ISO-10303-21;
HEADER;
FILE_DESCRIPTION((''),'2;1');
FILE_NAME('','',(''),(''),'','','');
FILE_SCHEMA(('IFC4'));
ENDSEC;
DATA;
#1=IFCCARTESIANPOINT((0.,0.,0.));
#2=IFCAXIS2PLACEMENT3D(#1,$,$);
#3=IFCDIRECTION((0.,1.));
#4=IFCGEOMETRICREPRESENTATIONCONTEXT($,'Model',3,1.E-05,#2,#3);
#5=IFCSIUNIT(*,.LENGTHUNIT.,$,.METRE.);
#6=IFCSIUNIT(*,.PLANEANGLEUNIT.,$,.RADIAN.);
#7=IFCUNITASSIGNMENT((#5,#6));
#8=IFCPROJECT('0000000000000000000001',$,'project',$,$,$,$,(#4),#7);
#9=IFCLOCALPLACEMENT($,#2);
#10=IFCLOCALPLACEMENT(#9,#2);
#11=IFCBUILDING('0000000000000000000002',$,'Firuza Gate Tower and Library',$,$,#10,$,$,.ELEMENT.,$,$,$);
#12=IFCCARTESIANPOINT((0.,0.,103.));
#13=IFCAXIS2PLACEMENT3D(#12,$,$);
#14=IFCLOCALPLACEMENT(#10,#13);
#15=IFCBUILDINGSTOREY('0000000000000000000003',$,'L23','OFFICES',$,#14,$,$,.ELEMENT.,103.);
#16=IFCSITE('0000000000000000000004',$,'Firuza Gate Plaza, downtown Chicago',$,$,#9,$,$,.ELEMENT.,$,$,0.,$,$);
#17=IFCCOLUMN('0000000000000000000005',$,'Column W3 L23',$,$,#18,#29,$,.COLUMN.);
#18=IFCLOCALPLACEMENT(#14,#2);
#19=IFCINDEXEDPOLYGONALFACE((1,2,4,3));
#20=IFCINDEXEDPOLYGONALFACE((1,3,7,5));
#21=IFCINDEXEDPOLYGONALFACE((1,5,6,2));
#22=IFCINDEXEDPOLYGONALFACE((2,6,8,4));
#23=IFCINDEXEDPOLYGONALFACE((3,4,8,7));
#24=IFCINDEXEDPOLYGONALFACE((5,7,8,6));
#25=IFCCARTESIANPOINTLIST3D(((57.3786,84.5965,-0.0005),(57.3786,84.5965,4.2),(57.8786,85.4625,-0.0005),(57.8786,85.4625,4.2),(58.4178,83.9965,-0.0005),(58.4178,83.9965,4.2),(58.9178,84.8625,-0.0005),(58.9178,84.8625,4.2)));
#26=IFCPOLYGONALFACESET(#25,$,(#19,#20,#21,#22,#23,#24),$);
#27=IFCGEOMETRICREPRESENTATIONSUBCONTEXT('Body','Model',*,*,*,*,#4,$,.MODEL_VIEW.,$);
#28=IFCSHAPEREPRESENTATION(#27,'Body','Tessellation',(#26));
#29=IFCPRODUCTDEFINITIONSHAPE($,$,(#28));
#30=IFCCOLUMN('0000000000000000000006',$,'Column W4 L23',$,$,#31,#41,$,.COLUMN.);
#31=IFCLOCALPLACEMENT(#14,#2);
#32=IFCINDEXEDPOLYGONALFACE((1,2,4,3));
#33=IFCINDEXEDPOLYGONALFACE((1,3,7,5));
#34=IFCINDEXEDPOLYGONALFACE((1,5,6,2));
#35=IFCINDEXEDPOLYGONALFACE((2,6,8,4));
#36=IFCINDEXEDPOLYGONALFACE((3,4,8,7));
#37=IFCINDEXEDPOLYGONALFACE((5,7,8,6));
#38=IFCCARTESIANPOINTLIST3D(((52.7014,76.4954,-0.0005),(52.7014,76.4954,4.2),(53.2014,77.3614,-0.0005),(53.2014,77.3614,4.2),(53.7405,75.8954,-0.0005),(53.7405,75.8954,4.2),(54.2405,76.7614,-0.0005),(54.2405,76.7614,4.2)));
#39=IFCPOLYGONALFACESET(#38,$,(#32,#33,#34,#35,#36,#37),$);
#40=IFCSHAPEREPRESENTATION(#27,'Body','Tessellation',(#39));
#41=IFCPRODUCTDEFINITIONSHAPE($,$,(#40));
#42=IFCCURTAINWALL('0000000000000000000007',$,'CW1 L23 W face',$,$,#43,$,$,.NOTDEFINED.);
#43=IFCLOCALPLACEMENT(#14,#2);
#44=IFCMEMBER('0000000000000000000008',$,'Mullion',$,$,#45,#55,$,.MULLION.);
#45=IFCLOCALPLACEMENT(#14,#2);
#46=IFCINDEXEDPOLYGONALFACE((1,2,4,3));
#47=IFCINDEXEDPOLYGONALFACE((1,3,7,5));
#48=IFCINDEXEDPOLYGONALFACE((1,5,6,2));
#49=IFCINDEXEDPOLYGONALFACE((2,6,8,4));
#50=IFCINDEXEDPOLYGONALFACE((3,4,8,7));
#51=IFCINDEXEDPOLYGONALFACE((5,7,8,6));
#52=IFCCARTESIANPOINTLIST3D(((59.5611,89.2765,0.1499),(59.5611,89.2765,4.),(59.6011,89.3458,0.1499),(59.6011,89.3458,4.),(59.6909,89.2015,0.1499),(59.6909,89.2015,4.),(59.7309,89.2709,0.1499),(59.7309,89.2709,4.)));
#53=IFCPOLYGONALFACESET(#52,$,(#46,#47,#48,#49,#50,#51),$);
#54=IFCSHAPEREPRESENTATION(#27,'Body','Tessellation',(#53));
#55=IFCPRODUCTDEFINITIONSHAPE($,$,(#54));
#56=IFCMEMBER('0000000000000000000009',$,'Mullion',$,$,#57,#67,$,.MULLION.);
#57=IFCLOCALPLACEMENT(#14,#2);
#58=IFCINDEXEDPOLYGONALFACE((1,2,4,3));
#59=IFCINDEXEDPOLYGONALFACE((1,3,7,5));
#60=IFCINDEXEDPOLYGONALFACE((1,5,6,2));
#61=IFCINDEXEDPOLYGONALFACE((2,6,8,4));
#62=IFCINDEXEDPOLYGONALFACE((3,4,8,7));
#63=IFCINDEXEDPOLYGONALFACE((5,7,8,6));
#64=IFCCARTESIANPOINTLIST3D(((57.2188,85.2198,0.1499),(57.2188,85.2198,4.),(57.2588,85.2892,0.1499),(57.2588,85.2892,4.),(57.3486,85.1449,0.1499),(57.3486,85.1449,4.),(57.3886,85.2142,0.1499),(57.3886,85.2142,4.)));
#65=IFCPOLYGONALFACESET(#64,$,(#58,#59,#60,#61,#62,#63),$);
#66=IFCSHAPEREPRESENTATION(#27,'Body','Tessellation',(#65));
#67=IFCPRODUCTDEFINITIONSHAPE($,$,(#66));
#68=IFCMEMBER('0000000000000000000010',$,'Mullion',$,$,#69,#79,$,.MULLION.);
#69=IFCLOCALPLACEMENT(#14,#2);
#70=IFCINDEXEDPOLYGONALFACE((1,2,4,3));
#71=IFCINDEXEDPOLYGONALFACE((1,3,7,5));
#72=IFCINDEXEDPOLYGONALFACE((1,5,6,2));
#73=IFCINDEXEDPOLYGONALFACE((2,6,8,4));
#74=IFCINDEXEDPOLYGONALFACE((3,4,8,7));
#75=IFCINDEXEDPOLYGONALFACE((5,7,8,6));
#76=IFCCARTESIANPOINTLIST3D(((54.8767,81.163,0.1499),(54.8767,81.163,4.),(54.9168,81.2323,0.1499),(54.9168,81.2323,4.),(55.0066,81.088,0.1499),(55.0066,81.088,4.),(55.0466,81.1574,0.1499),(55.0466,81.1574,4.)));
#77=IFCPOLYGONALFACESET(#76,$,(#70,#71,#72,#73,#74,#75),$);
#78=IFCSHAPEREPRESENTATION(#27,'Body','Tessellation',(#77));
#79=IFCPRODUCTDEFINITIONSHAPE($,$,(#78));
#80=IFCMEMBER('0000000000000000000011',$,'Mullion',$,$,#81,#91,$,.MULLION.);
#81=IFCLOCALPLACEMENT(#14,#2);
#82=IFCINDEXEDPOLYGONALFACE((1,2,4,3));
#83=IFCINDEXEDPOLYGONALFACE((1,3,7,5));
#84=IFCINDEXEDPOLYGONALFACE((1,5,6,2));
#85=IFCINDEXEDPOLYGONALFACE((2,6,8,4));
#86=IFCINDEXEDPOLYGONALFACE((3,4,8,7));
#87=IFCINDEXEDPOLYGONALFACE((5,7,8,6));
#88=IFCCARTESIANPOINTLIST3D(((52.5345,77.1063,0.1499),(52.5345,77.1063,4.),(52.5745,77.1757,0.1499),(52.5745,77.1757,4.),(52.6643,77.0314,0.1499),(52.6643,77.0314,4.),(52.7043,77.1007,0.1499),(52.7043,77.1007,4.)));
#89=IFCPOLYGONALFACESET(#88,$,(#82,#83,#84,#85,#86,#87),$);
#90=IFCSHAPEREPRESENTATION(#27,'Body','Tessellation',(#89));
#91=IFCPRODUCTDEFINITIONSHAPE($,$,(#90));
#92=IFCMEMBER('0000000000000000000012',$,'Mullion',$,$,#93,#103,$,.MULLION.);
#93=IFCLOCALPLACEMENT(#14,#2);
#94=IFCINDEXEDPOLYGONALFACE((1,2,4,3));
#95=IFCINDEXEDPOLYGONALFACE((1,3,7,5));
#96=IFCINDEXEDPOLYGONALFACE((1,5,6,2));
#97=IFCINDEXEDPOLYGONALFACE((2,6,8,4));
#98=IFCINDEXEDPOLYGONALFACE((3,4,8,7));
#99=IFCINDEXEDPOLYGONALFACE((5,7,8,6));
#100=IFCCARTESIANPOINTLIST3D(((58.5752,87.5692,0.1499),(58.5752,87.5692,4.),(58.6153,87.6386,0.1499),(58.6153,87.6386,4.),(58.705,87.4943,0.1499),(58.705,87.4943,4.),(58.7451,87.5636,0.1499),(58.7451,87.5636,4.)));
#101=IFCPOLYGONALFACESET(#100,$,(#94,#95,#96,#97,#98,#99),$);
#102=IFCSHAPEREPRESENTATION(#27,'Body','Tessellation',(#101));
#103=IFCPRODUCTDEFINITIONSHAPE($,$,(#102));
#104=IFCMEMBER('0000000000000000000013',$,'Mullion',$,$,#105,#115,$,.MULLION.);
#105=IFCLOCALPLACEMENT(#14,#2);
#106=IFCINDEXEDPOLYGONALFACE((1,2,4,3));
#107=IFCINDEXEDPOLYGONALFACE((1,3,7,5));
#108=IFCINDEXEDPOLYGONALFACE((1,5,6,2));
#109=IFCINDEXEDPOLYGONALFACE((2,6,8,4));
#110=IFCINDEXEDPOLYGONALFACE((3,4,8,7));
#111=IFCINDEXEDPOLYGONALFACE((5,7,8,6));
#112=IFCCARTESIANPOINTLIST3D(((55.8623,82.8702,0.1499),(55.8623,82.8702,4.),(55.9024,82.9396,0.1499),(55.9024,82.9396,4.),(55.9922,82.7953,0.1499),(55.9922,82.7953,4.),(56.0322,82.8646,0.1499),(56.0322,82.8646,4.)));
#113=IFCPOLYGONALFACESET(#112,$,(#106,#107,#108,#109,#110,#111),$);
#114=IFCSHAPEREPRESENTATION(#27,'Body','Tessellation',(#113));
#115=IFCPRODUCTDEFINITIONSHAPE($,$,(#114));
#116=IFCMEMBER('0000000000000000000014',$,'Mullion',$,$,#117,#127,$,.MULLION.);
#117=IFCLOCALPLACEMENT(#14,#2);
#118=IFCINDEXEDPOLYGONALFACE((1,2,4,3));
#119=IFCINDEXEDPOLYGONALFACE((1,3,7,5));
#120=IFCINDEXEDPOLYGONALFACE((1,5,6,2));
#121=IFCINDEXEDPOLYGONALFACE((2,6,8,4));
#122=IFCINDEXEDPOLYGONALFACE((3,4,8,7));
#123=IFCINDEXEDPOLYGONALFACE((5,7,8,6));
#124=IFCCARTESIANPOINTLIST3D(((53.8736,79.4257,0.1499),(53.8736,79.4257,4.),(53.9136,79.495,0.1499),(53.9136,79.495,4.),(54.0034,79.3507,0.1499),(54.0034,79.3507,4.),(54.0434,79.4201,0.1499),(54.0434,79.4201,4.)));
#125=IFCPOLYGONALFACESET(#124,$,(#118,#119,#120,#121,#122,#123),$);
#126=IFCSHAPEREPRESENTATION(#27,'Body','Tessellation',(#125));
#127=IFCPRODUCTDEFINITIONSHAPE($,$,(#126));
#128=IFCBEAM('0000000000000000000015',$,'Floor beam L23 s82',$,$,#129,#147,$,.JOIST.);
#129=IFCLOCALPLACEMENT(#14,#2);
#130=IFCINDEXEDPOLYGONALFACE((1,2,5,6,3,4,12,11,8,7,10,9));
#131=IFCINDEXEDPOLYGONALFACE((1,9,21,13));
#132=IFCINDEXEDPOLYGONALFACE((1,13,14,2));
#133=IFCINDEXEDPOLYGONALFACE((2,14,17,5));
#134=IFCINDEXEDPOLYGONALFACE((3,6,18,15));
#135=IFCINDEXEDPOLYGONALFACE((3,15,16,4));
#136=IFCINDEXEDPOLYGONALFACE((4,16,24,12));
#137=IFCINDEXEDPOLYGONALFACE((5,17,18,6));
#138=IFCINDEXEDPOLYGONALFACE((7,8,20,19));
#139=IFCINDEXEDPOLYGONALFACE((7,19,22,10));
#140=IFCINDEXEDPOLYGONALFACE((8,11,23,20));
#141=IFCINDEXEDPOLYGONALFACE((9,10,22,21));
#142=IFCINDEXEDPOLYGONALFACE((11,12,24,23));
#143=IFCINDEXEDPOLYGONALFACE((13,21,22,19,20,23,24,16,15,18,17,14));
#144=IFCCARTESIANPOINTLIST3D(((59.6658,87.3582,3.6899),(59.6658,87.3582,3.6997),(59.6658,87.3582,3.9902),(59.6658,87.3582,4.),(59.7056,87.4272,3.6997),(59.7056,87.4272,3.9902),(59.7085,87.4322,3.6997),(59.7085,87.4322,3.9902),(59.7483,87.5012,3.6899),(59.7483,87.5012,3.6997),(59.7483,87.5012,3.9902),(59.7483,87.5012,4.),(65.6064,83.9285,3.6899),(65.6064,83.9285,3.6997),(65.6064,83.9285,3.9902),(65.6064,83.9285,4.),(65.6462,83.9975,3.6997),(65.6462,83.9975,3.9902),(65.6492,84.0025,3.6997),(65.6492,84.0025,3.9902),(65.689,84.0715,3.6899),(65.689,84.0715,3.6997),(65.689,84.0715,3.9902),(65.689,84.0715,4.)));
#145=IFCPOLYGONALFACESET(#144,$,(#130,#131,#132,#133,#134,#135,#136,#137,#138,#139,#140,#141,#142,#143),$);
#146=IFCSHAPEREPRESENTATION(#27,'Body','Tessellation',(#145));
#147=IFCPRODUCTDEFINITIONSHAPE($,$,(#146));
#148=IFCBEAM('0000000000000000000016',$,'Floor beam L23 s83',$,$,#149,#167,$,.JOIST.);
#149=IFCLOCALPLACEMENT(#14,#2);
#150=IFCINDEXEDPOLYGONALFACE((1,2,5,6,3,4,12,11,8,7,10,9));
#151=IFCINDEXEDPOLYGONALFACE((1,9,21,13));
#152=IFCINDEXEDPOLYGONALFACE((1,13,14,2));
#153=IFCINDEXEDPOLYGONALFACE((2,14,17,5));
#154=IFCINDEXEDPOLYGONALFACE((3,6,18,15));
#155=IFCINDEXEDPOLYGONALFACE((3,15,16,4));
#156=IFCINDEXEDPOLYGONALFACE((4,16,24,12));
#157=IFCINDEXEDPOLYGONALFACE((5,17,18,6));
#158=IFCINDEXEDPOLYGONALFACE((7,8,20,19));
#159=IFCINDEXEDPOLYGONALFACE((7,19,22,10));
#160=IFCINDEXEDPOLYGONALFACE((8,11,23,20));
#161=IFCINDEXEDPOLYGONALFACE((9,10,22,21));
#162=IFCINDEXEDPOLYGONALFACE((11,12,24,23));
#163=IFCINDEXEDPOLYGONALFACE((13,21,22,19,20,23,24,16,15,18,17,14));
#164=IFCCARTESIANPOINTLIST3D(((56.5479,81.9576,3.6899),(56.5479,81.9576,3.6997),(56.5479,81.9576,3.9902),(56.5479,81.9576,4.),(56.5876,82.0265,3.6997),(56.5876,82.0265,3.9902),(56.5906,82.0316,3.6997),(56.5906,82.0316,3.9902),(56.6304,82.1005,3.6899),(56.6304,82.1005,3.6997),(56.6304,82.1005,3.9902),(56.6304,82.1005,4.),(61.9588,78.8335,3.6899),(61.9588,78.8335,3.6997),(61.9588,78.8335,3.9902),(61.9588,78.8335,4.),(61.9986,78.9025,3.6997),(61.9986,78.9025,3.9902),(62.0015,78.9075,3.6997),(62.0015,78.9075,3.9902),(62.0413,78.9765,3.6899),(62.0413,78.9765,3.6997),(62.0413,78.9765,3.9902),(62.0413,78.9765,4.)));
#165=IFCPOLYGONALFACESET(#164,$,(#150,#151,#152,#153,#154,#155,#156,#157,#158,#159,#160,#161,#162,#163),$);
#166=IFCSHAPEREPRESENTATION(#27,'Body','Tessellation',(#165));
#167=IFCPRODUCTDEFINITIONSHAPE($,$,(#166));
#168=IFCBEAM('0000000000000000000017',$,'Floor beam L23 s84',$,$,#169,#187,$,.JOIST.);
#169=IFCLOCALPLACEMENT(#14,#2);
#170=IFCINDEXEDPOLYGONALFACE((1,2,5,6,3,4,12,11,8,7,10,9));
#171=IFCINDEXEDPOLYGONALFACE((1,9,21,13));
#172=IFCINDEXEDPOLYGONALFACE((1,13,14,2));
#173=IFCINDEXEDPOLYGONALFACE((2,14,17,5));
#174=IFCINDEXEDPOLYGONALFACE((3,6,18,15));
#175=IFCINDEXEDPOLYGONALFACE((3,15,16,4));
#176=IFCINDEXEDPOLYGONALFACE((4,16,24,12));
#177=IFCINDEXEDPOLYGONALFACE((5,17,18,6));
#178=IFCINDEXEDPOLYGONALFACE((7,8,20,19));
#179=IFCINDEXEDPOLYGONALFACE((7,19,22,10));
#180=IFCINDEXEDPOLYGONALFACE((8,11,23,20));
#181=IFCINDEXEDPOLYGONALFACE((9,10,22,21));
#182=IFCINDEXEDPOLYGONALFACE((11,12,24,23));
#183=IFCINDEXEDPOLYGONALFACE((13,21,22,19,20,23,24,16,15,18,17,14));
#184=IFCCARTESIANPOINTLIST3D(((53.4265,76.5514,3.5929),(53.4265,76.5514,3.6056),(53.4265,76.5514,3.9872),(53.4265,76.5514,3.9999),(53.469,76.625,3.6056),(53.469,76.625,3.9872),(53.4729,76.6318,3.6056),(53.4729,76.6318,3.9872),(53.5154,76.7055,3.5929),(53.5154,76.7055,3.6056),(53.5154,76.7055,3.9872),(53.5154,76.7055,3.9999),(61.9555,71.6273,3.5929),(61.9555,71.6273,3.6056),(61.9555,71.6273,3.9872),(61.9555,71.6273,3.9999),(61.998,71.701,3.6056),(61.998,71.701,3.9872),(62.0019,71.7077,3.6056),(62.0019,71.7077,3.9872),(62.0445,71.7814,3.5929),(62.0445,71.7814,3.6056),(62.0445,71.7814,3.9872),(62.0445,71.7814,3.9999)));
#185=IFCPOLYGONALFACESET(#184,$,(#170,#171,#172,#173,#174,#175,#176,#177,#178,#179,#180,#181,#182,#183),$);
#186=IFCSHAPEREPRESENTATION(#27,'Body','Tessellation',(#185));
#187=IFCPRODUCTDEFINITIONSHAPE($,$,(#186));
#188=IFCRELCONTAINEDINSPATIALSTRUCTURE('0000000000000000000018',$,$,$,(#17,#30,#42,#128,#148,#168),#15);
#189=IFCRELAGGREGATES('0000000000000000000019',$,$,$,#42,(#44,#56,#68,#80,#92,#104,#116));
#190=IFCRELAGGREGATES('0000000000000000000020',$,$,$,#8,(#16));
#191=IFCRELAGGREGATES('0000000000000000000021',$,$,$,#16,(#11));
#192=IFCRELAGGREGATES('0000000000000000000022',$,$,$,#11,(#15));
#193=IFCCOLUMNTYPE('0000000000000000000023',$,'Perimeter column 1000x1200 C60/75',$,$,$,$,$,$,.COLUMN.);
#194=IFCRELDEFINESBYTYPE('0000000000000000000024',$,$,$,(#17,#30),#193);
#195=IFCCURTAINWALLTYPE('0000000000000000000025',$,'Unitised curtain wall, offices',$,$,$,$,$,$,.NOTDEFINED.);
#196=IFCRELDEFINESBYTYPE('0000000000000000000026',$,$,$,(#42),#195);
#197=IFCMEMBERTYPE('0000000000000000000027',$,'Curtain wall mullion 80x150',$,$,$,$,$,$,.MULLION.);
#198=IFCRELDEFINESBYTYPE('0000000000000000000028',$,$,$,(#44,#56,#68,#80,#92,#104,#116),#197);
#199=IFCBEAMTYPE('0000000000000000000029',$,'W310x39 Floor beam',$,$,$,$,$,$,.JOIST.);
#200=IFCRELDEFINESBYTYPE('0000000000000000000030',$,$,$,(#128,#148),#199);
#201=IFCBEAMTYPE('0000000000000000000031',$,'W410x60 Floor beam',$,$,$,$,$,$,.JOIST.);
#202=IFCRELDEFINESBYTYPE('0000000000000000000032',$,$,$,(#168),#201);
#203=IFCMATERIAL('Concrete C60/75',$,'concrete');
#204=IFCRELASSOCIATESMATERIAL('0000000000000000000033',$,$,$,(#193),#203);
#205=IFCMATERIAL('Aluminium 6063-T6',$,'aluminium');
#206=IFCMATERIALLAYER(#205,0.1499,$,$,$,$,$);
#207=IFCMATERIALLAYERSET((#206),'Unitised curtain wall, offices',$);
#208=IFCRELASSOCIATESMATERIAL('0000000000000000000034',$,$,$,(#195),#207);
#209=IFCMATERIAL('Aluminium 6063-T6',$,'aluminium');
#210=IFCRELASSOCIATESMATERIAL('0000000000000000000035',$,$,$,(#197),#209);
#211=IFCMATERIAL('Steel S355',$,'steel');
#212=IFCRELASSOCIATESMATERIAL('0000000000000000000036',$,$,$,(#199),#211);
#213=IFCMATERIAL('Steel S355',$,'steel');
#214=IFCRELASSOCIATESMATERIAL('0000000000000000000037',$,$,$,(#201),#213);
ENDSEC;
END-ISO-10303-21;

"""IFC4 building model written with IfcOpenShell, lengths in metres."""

from ifc_helpers import new_model, si_unit, direction, frame, origin, origin_2d, place, context, subcontext, project, spatial, rectangle, i_section, extrude, material, layer, layer_set, material_profile, profile_set, type_object, element, aggregate, save


model = new_model("IFC4")

# Units and contexts
model_context = context("Model", 3, precision=1e-05, world=origin(), true_north=direction((0.0, 1.0)))
body_context = subcontext(model_context, "Body", "Model", "MODEL_VIEW")
ifc_project = project(units=[si_unit("LENGTHUNIT", "METRE"), si_unit("PLANEANGLEUNIT", "RADIAN")], contexts=[model_context])

# Site, building, storey
site_placement = place(None, origin())
site = spatial("IfcSite", under=ifc_project, at=site_placement, Name="Firuza Gate Plaza, downtown Chicago", CompositionType="ELEMENT", RefElevation=0.0)
building_placement = place(site_placement, origin())
building = spatial("IfcBuilding", under=site, at=building_placement, Name="Firuza Gate Tower and Library", CompositionType="ELEMENT")
storey_placement = place(building_placement, frame((0.0, 0.0, 103.0)))
storey = spatial("IfcBuildingStorey", under=building, at=storey_placement, Name="L23", Description="OFFICES", CompositionType="ELEMENT", Elevation=103.0)

# Columns
ifc_material_1 = material(Name="Concrete C60/75", Category="concrete")
ifc_material_profile_1 = material_profile(ifc_material_1, rectangle(XDim=1.0, YDim=1.2, at=origin_2d()))
ifc_profile_set_1 = profile_set([ifc_material_profile_1], Name="Concrete C60/75")
column_type = type_object("IfcColumnType", Name="Perimeter column 1000x1200 C60/75", PredefinedType="COLUMN", material=ifc_profile_set_1)
for number, where, z_axis, x_axis, name in (
    (1, (58.1482, 84.7295, -0.0005), (0.0, 0.0, 1.0), (-0.5, -0.866025, 0.0), "Column W3 L23"),
    (2, (53.4709, 76.6284, -0.0005), (0.0, 0.0, 1.0), (-0.5, -0.866025, 0.0), "Column W4 L23"),
):
    element("IfcColumn", number, at=place(storey_placement, frame(where, z_axis=z_axis, x_axis=x_axis)), inside=storey, type_object=column_type, Name=name, PredefinedType="COLUMN", context=body_context, shape_type="SweptSolid", body=[
        extrude(rectangle(XDim=1.0, YDim=1.2, at=origin_2d()), origin(), (0.0, 0.0, 1.0), 4.2004),
    ])

# Curtain wall, members
ifc_material_2 = material(Name="Aluminium 6063-T6", Category="aluminium")
ifc_layer_1 = layer(ifc_material_2, 0.1499)
ifc_layer_set_1 = layer_set([ifc_layer_1], Name="Unitised curtain wall, offices")
curtain_wall_type = type_object("IfcCurtainWallType", Name="Unitised curtain wall, offices", PredefinedType="NOTDEFINED", material=ifc_layer_set_1)
curtain_wall_placement = place(storey_placement, origin())
curtain_wall = element("IfcCurtainWall", 3, at=curtain_wall_placement, inside=storey, type_object=curtain_wall_type, Name="CW1 L23 W face", PredefinedType="NOTDEFINED")
ifc_material_3 = material(Name="Aluminium 6063-T6", Category="aluminium")
ifc_material_profile_2 = material_profile(ifc_material_3, rectangle(XDim=0.1499, YDim=0.0801, at=origin_2d()))
ifc_profile_set_2 = profile_set([ifc_material_profile_2], Name="Aluminium 6063-T6")
member_type = type_object("IfcMemberType", Name="Curtain wall mullion 80x150", PredefinedType="MULLION", material=ifc_profile_set_2)
member_1_placement = place(storey_placement, frame((59.646, 89.2737, 0.1499), z_axis=(0.0, 0.0, 1.0), x_axis=(0.866025, -0.5, 0.0)))
member_1 = element("IfcMember", 4, at=member_1_placement, type_object=member_type, Name="Mullion", PredefinedType="MULLION", context=body_context, shape_type="SweptSolid", body=[
    extrude(rectangle(XDim=0.1499, YDim=0.0801, at=origin_2d()), origin(), (0.0, 0.0, 1.0), 3.8501),
])
member_2_placement = place(storey_placement, frame((57.3037, 85.217, 0.1499), z_axis=(0.0, 0.0, 1.0), x_axis=(0.866025, -0.5, 0.0)))
member_2 = element("IfcMember", 5, at=member_2_placement, type_object=member_type, Name="Mullion", PredefinedType="MULLION", context=body_context, shape_type="SweptSolid", body=[
    extrude(rectangle(XDim=0.1499, YDim=0.0801, at=origin_2d()), origin(), (0.0, 0.0, 1.0), 3.8501),
])
member_3_placement = place(storey_placement, frame((54.9617, 81.1602, 0.1499), z_axis=(0.0, 0.0, 1.0), x_axis=(0.866025, -0.5, 0.0)))
member_3 = element("IfcMember", 6, at=member_3_placement, type_object=member_type, Name="Mullion", PredefinedType="MULLION", context=body_context, shape_type="SweptSolid", body=[
    extrude(rectangle(XDim=0.1499, YDim=0.0801, at=origin_2d()), origin(), (0.0, 0.0, 1.0), 3.8501),
])
member_4_placement = place(storey_placement, frame((52.6194, 77.1035, 0.1499), z_axis=(0.0, 0.0, 1.0), x_axis=(0.866025, -0.5, 0.0)))
member_4 = element("IfcMember", 7, at=member_4_placement, type_object=member_type, Name="Mullion", PredefinedType="MULLION", context=body_context, shape_type="SweptSolid", body=[
    extrude(rectangle(XDim=0.1499, YDim=0.0801, at=origin_2d()), origin(), (0.0, 0.0, 1.0), 3.8501),
])
member_5_placement = place(storey_placement, frame((58.6602, 87.5664, 0.1499), z_axis=(0.0, 0.0, 1.0), x_axis=(0.866025, -0.5, 0.0)))
member_5 = element("IfcMember", 8, at=member_5_placement, type_object=member_type, Name="Mullion", PredefinedType="MULLION", context=body_context, shape_type="SweptSolid", body=[
    extrude(rectangle(XDim=0.1499, YDim=0.0801, at=origin_2d()), origin(), (0.0, 0.0, 1.0), 3.8501),
])
member_6_placement = place(storey_placement, frame((55.9473, 82.8674, 0.1499), z_axis=(0.0, 0.0, 1.0), x_axis=(0.866025, -0.5, 0.0)))
member_6 = element("IfcMember", 9, at=member_6_placement, type_object=member_type, Name="Mullion", PredefinedType="MULLION", context=body_context, shape_type="SweptSolid", body=[
    extrude(rectangle(XDim=0.1499, YDim=0.0801, at=origin_2d()), origin(), (0.0, 0.0, 1.0), 3.8501),
])
member_7_placement = place(storey_placement, frame((53.9585, 79.4229, 0.1499), z_axis=(0.0, 0.0, 1.0), x_axis=(0.866025, -0.5, 0.0)))
member_7 = element("IfcMember", 10, at=member_7_placement, type_object=member_type, Name="Mullion", PredefinedType="MULLION", context=body_context, shape_type="SweptSolid", body=[
    extrude(rectangle(XDim=0.1499, YDim=0.0801, at=origin_2d()), origin(), (0.0, 0.0, 1.0), 3.8501),
])

# Beams
ifc_material_4 = material(Name="Steel S355", Category="steel")
ifc_material_profile_3 = material_profile(ifc_material_4, i_section(OverallWidth=0.165, OverallDepth=0.3101, WebThickness=0.0059, FlangeThickness=0.0098, at=origin_2d()))
ifc_profile_set_3 = profile_set([ifc_material_profile_3], Name="Steel S355")
beam_type_1 = type_object("IfcBeamType", Name="W310x39 Floor beam", PredefinedType="JOIST", material=ifc_profile_set_3)
beam_1_placement = place(storey_placement, frame((59.707, 87.4297, 3.845), z_axis=(0.866036, -0.499982, 0.0), x_axis=(0.499982, 0.866036, 0.0)))
element("IfcBeam", 11, at=beam_1_placement, inside=storey, type_object=beam_type_1, Name="Floor beam L23 s82", PredefinedType="JOIST", context=body_context, shape_type="SweptSolid", body=[
    extrude(i_section(OverallWidth=0.165, OverallDepth=0.3101, WebThickness=0.0059, FlangeThickness=0.0098, at=origin_2d()), origin(), (0.0, 0.0, 1.0), 6.8596),
])
beam_2_placement = place(storey_placement, frame((56.5891, 82.0291, 3.845), z_axis=(0.866022, -0.500005, 0.0), x_axis=(0.500005, 0.866022, 0.0)))
element("IfcBeam", 12, at=beam_2_placement, inside=storey, type_object=beam_type_1, Name="Floor beam L23 s83", PredefinedType="JOIST", context=body_context, shape_type="SweptSolid", body=[
    extrude(i_section(OverallWidth=0.165, OverallDepth=0.3101, WebThickness=0.0059, FlangeThickness=0.0098, at=origin_2d()), origin(), (0.0, 0.0, 1.0), 6.248),
])
ifc_material_5 = material(Name="Steel S355", Category="steel")
ifc_material_profile_4 = material_profile(ifc_material_5, i_section(OverallWidth=0.178, OverallDepth=0.407, WebThickness=0.0078, FlangeThickness=0.0127, at=origin_2d()))
ifc_profile_set_4 = profile_set([ifc_material_profile_4], Name="Steel S355")
beam_type_2 = type_object("IfcBeamType", Name="W410x60 Floor beam", PredefinedType="JOIST", material=ifc_profile_set_4)
beam_3_placement = place(storey_placement, frame((53.4709, 76.6284, 3.7964), z_axis=(0.866033, -0.499986, 0.0), x_axis=(0.499986, 0.866033, 0.0)))
element("IfcBeam", 13, at=beam_3_placement, inside=storey, type_object=beam_type_2, Name="Floor beam L23 s84", PredefinedType="JOIST", context=body_context, shape_type="SweptSolid", body=[
    extrude(i_section(OverallWidth=0.178, OverallDepth=0.407, WebThickness=0.0078, FlangeThickness=0.0127, at=origin_2d()), origin(), (0.0, 0.0, 1.0), 9.8484),
])

aggregate(curtain_wall, [member_1, member_2, member_3, member_4, member_5, member_6, member_7])

save(model, "model.ifc")
